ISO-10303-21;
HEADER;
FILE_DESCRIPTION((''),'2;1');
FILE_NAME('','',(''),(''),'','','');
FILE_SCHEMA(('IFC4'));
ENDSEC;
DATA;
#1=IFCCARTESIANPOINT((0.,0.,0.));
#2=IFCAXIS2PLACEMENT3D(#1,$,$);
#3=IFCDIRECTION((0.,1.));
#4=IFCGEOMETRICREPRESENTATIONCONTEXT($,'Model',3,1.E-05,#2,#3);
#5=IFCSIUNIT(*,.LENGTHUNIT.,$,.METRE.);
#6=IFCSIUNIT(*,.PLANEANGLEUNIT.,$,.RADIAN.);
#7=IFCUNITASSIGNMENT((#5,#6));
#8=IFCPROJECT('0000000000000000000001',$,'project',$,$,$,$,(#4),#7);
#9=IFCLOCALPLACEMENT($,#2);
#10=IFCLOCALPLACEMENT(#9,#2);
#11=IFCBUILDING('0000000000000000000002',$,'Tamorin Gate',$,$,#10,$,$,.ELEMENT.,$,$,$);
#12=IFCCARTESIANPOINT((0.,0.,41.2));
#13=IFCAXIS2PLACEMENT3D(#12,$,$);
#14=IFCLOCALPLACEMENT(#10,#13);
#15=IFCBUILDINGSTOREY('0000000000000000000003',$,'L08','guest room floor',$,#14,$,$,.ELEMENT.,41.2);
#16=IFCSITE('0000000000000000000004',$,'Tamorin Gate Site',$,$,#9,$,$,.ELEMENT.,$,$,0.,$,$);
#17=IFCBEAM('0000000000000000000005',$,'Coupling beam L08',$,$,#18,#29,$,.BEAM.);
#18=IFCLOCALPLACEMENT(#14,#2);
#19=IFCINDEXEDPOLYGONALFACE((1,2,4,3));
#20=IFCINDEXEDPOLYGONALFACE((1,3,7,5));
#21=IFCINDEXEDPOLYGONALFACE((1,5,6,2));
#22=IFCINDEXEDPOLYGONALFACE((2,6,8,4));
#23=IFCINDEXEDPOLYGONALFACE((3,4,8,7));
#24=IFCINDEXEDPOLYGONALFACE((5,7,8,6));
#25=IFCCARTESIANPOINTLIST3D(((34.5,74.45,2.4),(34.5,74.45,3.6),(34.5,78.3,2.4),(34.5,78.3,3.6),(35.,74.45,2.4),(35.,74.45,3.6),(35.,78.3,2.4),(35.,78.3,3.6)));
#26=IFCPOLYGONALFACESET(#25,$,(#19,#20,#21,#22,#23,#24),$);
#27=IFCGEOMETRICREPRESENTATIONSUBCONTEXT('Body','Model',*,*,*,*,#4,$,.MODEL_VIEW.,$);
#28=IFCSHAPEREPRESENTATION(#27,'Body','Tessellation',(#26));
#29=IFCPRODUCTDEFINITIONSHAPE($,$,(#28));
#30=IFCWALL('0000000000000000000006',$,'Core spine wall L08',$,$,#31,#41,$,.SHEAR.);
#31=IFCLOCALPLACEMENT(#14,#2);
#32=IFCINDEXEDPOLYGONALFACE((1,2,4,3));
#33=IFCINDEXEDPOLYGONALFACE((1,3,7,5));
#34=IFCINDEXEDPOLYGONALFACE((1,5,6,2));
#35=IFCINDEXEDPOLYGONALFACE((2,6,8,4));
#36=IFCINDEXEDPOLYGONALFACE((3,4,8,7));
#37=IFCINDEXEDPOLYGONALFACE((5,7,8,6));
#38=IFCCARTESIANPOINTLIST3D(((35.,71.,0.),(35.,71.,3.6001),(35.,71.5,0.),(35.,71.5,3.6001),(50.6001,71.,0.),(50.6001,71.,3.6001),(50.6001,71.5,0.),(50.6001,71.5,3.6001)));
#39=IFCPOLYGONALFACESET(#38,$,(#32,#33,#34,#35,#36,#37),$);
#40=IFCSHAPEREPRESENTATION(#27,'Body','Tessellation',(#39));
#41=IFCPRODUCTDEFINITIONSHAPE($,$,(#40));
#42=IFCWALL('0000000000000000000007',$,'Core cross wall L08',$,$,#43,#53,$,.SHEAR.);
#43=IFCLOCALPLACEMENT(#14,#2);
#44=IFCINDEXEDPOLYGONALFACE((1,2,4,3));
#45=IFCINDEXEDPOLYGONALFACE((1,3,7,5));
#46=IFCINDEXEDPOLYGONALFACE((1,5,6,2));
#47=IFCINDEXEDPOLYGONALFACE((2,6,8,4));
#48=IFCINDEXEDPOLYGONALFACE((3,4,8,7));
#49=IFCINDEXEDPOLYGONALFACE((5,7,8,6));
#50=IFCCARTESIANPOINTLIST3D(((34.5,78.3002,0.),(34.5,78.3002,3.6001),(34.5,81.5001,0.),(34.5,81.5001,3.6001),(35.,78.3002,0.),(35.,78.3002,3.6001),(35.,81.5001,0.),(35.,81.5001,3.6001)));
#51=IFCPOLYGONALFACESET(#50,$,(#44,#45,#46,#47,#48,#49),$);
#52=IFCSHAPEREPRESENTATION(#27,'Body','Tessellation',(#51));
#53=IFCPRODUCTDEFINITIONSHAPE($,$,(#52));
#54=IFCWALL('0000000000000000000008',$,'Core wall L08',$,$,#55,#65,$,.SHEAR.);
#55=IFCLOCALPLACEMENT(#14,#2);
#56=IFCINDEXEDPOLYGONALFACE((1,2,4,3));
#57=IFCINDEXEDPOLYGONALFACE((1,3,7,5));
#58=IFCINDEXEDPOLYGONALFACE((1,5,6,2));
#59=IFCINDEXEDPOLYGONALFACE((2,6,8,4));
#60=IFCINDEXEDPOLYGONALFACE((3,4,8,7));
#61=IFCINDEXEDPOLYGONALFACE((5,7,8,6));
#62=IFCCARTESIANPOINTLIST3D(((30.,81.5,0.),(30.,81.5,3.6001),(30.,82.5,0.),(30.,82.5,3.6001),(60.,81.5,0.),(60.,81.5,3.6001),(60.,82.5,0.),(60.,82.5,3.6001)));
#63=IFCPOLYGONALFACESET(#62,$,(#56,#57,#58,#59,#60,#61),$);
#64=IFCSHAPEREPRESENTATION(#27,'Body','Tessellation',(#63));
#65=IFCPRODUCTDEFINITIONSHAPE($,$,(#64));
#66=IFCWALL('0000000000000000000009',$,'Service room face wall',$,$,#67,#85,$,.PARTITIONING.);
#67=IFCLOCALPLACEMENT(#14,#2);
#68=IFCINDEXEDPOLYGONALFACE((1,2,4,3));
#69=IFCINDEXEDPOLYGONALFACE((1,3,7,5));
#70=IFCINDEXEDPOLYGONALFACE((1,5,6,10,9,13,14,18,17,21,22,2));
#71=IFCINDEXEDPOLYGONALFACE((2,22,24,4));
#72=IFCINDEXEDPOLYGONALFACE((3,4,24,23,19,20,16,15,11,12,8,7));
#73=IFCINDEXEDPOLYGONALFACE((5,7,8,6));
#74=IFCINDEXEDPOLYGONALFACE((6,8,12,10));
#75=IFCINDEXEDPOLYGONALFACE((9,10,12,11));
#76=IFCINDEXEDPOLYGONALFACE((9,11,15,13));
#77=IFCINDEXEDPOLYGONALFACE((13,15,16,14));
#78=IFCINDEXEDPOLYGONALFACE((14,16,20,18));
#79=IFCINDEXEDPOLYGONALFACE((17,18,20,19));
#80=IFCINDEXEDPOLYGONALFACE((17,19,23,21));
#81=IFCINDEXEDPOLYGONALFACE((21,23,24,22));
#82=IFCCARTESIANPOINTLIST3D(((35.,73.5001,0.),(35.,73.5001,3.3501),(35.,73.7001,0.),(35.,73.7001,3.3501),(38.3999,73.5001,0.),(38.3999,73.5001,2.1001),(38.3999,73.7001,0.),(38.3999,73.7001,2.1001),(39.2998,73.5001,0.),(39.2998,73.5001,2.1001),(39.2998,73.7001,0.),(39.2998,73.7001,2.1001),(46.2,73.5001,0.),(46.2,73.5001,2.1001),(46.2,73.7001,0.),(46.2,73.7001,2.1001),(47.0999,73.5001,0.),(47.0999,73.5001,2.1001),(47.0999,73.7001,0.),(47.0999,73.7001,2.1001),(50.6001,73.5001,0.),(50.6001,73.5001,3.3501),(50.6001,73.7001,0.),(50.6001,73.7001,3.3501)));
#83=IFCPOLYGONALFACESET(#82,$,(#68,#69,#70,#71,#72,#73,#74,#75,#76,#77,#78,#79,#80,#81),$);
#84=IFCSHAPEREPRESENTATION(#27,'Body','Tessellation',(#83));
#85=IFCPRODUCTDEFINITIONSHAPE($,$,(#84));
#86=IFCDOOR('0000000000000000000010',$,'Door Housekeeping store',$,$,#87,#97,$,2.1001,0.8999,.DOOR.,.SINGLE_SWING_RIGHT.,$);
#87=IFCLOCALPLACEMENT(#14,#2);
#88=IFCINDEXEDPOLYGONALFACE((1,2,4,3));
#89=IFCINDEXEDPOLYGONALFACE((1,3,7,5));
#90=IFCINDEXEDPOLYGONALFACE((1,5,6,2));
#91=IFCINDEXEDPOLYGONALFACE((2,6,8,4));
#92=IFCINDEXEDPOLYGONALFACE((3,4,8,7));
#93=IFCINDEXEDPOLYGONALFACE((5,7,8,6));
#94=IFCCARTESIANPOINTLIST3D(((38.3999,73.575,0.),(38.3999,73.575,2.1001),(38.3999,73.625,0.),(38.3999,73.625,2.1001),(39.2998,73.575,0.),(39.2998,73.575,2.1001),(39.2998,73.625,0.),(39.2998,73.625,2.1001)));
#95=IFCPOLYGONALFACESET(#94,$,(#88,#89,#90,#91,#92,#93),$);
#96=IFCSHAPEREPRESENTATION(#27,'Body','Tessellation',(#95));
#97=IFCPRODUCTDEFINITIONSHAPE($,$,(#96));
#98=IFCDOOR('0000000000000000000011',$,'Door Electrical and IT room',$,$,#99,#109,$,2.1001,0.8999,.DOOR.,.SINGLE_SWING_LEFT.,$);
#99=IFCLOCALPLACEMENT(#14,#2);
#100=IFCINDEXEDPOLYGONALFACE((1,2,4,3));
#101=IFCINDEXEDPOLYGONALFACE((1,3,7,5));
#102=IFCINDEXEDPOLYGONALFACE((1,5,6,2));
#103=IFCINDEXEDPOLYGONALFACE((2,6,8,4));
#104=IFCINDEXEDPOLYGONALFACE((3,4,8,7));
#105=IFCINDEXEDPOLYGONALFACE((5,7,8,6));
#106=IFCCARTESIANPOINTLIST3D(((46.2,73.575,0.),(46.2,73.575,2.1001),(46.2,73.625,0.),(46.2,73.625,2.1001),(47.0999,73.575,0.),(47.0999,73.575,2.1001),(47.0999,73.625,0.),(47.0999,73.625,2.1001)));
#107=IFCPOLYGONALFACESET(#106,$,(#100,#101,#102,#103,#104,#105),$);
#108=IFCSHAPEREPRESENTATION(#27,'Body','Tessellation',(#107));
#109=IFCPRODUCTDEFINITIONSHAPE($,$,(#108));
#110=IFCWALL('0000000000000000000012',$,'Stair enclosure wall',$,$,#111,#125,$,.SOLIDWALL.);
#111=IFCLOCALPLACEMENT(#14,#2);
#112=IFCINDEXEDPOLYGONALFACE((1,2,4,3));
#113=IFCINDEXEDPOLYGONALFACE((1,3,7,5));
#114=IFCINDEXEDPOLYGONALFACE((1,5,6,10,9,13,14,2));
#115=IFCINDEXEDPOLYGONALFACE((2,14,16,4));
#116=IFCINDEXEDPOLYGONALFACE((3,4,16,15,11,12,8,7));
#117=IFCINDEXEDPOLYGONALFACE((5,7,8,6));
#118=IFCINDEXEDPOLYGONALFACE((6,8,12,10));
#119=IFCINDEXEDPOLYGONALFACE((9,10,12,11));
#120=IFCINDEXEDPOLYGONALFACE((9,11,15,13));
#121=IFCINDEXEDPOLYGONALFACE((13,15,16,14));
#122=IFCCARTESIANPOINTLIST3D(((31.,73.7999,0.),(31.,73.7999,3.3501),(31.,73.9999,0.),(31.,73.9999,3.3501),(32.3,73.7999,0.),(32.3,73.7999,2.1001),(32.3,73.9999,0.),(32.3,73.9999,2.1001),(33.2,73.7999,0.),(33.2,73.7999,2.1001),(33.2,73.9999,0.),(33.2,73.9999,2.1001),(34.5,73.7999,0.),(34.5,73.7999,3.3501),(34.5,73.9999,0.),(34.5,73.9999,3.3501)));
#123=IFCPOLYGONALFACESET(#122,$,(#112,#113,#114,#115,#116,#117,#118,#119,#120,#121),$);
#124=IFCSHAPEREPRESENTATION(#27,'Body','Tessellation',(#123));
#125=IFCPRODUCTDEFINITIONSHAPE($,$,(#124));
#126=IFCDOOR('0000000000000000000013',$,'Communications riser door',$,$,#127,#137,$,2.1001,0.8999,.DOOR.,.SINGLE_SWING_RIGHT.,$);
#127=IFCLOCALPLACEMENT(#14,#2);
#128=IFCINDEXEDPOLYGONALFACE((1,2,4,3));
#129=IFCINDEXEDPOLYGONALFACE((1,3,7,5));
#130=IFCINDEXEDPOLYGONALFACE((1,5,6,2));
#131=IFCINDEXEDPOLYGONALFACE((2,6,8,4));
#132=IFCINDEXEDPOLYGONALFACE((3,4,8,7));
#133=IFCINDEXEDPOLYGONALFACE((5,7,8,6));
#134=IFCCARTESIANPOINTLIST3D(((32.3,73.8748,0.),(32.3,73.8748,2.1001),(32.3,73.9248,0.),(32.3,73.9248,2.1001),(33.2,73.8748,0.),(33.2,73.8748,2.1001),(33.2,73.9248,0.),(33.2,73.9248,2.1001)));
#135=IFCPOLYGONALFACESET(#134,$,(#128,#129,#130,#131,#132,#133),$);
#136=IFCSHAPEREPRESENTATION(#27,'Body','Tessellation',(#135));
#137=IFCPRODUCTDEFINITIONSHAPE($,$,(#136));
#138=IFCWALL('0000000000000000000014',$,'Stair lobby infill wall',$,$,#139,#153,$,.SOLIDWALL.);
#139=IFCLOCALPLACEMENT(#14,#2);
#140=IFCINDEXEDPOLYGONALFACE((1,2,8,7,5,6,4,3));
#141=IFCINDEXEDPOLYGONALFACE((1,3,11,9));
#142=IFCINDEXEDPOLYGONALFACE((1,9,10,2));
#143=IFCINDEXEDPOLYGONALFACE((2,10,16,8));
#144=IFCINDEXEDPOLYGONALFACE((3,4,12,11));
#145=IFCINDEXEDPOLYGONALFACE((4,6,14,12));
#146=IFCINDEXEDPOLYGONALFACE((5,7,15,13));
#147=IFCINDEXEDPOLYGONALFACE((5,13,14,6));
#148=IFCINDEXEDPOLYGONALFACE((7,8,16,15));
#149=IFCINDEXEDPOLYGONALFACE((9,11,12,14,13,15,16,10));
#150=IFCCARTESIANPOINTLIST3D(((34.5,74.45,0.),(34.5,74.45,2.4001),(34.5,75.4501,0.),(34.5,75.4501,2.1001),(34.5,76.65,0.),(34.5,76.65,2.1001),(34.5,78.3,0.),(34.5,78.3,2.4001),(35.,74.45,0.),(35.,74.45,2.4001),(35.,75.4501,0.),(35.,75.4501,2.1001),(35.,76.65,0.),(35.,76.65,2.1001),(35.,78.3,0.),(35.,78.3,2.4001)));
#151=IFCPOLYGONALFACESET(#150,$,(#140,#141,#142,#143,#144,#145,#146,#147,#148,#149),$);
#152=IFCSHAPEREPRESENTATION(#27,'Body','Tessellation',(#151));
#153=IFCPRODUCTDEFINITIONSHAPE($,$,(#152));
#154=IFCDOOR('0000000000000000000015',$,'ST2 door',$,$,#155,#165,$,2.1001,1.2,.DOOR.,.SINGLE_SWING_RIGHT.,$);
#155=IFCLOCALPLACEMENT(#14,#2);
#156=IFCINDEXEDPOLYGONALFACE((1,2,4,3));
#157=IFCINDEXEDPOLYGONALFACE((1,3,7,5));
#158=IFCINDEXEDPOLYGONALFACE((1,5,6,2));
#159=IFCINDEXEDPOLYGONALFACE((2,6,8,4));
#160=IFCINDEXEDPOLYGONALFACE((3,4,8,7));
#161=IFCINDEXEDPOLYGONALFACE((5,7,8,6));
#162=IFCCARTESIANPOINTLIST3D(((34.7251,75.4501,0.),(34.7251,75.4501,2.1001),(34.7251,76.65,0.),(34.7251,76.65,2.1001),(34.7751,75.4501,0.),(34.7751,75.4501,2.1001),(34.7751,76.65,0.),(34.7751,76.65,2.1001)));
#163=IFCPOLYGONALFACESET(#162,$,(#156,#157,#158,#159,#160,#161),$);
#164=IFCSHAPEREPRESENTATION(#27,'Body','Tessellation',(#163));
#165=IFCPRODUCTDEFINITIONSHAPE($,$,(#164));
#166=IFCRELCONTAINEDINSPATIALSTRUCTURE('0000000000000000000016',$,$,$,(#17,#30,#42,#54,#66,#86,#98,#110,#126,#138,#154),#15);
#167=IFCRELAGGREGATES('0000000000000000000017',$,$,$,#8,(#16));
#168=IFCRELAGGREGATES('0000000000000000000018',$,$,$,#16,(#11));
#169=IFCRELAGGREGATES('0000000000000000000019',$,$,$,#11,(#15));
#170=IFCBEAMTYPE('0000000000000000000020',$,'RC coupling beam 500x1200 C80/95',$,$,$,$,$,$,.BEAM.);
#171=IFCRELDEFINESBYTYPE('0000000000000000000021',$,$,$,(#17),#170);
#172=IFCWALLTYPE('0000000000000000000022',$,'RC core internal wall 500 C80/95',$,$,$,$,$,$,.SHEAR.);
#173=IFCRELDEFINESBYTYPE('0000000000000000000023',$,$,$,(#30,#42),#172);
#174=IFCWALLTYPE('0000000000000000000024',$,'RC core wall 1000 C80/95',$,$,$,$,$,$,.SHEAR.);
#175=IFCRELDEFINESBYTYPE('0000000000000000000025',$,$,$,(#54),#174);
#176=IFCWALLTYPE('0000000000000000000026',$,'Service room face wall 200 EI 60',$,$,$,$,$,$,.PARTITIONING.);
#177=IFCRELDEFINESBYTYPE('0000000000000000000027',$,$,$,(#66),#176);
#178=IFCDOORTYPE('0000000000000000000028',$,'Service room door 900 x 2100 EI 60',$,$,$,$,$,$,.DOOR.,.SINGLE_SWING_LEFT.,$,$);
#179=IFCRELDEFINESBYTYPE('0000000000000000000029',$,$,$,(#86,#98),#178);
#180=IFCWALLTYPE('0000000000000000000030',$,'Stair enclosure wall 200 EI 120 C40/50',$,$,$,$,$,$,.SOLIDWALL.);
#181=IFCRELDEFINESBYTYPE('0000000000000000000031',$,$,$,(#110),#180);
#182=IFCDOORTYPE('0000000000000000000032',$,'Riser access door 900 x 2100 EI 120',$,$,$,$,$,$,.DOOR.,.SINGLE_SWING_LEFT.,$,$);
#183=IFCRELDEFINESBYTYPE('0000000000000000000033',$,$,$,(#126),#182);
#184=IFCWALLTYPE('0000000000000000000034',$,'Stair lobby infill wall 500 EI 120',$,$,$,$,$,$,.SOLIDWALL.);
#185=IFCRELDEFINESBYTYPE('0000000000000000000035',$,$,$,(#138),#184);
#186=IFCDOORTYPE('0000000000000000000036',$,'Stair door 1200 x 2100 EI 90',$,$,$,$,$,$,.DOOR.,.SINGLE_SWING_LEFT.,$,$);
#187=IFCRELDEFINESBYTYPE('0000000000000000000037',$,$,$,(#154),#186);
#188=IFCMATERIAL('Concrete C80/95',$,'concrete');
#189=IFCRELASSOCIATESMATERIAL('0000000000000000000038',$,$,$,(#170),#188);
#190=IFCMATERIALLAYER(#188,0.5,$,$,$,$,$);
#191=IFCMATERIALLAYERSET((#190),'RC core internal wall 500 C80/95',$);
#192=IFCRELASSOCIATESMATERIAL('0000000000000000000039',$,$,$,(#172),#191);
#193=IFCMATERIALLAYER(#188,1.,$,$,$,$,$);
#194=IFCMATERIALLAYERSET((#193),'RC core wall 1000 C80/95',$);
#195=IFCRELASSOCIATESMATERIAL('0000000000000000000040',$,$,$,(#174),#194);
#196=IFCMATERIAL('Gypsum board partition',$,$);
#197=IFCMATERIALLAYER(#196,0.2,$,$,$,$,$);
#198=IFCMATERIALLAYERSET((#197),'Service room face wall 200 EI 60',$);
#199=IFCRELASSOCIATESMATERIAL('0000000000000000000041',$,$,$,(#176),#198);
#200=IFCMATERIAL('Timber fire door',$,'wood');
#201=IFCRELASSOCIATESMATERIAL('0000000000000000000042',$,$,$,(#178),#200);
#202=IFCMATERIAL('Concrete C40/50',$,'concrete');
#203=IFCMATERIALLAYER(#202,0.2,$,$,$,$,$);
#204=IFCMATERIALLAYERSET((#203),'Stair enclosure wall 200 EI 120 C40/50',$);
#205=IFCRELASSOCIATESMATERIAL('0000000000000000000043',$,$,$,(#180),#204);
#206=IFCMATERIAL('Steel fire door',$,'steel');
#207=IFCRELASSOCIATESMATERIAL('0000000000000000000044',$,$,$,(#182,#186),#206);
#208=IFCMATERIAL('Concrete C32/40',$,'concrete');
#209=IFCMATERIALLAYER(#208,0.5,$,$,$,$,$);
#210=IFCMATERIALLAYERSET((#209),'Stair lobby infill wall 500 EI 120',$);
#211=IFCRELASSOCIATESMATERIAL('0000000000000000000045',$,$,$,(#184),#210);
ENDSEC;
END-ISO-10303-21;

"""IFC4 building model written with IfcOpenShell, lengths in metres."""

from ifc_helpers import new_model, si_unit, direction, frame, frame_2d, origin, origin_2d, place, context, subcontext, project, spatial, rectangle, extrude, material, layer, layer_set, material_profile, profile_set, type_object, element, fill, save


model = new_model("IFC4")

# Units and contexts
model_context = context("Model", 3, precision=1e-05, world=origin(), true_north=direction((0.0, 1.0)))
body_context = subcontext(model_context, "Body", "Model", "MODEL_VIEW")
ifc_project = project(units=[si_unit("LENGTHUNIT", "METRE"), si_unit("PLANEANGLEUNIT", "RADIAN")], contexts=[model_context])

# Site, building, storey
site_placement = place(None, origin())
site = spatial("IfcSite", under=ifc_project, at=site_placement, Name="Tamorin Gate Site", CompositionType="ELEMENT", RefElevation=0.0)
building_placement = place(site_placement, origin())
building = spatial("IfcBuilding", under=site, at=building_placement, Name="Tamorin Gate", CompositionType="ELEMENT")
storey_placement = place(building_placement, frame((0.0, 0.0, 41.2)))
storey = spatial("IfcBuildingStorey", under=building, at=storey_placement, Name="L08", Description="guest room floor", CompositionType="ELEMENT", Elevation=41.2)

# Beam
ifc_material_1 = material(Name="Concrete C80/95", Category="concrete")
ifc_material_profile = material_profile(ifc_material_1, rectangle(XDim=0.5, YDim=1.2, at=origin_2d()), Name="RC 500x1200")
ifc_profile_set = profile_set([ifc_material_profile], Name="Concrete C80/95")
beam_type = type_object("IfcBeamType", Name="RC coupling beam 500x1200 C80/95", PredefinedType="BEAM", material=ifc_profile_set)
beam_placement = place(storey_placement, frame((34.75, 74.45, 3.0), z_axis=(0.0, 1.0, 0.0), x_axis=(-1.0, 0.0, 0.0)))
element("IfcBeam", 1, at=beam_placement, inside=storey, type_object=beam_type, Name="Coupling beam L08", PredefinedType="BEAM", context=body_context, shape_type="SweptSolid", body=[
    extrude(rectangle(XDim=0.5, YDim=1.2, at=origin_2d()), origin(), (0.0, 0.0, 1.0), 3.8501),
])

# Walls
ifc_layer_1 = layer(ifc_material_1, 0.5)
ifc_layer_set_1 = layer_set([ifc_layer_1], Name="RC core internal wall 500 C80/95")
wall_type_1 = type_object("IfcWallType", Name="RC core internal wall 500 C80/95", PredefinedType="SHEAR", material=ifc_layer_set_1)
wall_1_placement = place(storey_placement, frame((35.0, 71.25, 0.0), z_axis=(0.0, 0.0, 1.0), x_axis=(1.0, 0.0, 0.0)))
element("IfcWall", 2, at=wall_1_placement, inside=storey, type_object=wall_type_1, Name="Core spine wall L08", PredefinedType="SHEAR", context=body_context, shape_type="SweptSolid", body=[
    extrude(rectangle(XDim=15.6001, YDim=0.5, at=frame_2d((7.8, 0.0))), origin(), (0.0, 0.0, 1.0), 3.6001),
])
wall_2_placement = place(storey_placement, frame((34.75, 78.3, 0.0), z_axis=(0.0, 0.0, 1.0), x_axis=(0.0, 1.0, 0.0)))
element("IfcWall", 3, at=wall_2_placement, inside=storey, type_object=wall_type_1, Name="Core cross wall L08", PredefinedType="SHEAR", context=body_context, shape_type="SweptSolid", body=[
    extrude(rectangle(XDim=3.2, YDim=0.5, at=frame_2d((1.6001, 0.0))), origin(), (0.0, 0.0, 1.0), 3.6001),
])
ifc_layer_2 = layer(ifc_material_1, 1.0)
ifc_layer_set_2 = layer_set([ifc_layer_2], Name="RC core wall 1000 C80/95")
wall_type_2 = type_object("IfcWallType", Name="RC core wall 1000 C80/95", PredefinedType="SHEAR", material=ifc_layer_set_2)
wall_3_placement = place(storey_placement, frame((30.0, 82.0, 0.0), z_axis=(0.0, 0.0, 1.0), x_axis=(1.0, 0.0, 0.0)))
element("IfcWall", 4, at=wall_3_placement, inside=storey, type_object=wall_type_2, Name="Core wall L08", PredefinedType="SHEAR", context=body_context, shape_type="SweptSolid", body=[
    extrude(rectangle(XDim=30.0, YDim=1.0, at=frame_2d((15.0, 0.0))), origin(), (0.0, 0.0, 1.0), 3.6001),
])

# Wall, openings, doors
ifc_material_2 = material(Name="Gypsum board partition")
ifc_layer_3 = layer(ifc_material_2, 0.2)
ifc_layer_set_3 = layer_set([ifc_layer_3], Name="Service room face wall 200 EI 60")
wall_type_3 = type_object("IfcWallType", Name="Service room face wall 200 EI 60", PredefinedType="PARTITIONING", material=ifc_layer_set_3)
wall_4_placement = place(storey_placement, frame((35.0, 73.6001, 0.0), z_axis=(0.0, 0.0, 1.0), x_axis=(1.0, 0.0, 0.0)))
wall_4 = element("IfcWall", 5, at=wall_4_placement, inside=storey, type_object=wall_type_3, Name="Service room face wall", PredefinedType="PARTITIONING", context=body_context, shape_type="SweptSolid", body=[
    extrude(rectangle(XDim=15.6001, YDim=0.2, at=frame_2d((7.8, 0.0))), origin(), (0.0, 0.0, 1.0), 3.3501),
])
opening_1_placement = place(wall_4_placement, frame((3.3999, 0.0, 0.0)))
opening_1 = element("IfcOpeningElement", 6, at=opening_1_placement, cuts=wall_4, PredefinedType="OPENING", context=body_context, shape_type="SweptSolid", body=[
    extrude(rectangle(XDim=0.8999, YDim=2.1001, at=frame_2d((0.45, 1.05))), frame((0.0, 0.1099, 0.0), z_axis=(0.0, -1.0, 0.0), x_axis=(1.0, 0.0, 0.0)), (0.0, 0.0, 1.0), 0.22),
])
opening_2_placement = place(wall_4_placement, frame((11.2, 0.0, 0.0)))
opening_2 = element("IfcOpeningElement", 7, at=opening_2_placement, cuts=wall_4, PredefinedType="OPENING", context=body_context, shape_type="SweptSolid", body=[
    extrude(rectangle(XDim=0.8999, YDim=2.1001, at=frame_2d((0.45, 1.05))), frame((0.0, 0.1099, 0.0), z_axis=(0.0, -1.0, 0.0), x_axis=(1.0, 0.0, 0.0)), (0.0, 0.0, 1.0), 0.22),
])
ifc_material_3 = material(Name="Timber fire door", Category="wood")
door_type_1 = type_object("IfcDoorType", Name="Service room door 900 x 2100 EI 60", OperationType="SINGLE_SWING_LEFT", PredefinedType="DOOR", material=ifc_material_3)
door_1_placement = place(opening_1_placement, origin())
door_1 = element("IfcDoor", 8, at=door_1_placement, inside=storey, type_object=door_type_1, Name="Door Housekeeping store", OperationType="SINGLE_SWING_RIGHT", OverallHeight=2.1001, OverallWidth=0.8999, PredefinedType="DOOR", context=body_context, shape_type="SweptSolid", body=[
    extrude(rectangle(XDim=0.8999, YDim=2.1001, at=frame_2d((0.45, 1.05))), frame((0.0, 0.0249, 0.0), z_axis=(0.0, -1.0, 0.0), x_axis=(1.0, 0.0, 0.0)), (0.0, 0.0, 1.0), 0.05),
])
fill(opening_1, door_1)
door_2_placement = place(opening_2_placement, origin())
door_2 = element("IfcDoor", 9, at=door_2_placement, inside=storey, type_object=door_type_1, Name="Door Electrical and IT room", OperationType="SINGLE_SWING_LEFT", OverallHeight=2.1001, OverallWidth=0.8999, PredefinedType="DOOR", context=body_context, shape_type="SweptSolid", body=[
    extrude(rectangle(XDim=0.8999, YDim=2.1001, at=frame_2d((0.45, 1.05))), frame((0.0, 0.0249, 0.0), z_axis=(0.0, -1.0, 0.0), x_axis=(1.0, 0.0, 0.0)), (0.0, 0.0, 1.0), 0.05),
])
fill(opening_2, door_2)

# Walls, openings, doors
ifc_material_4 = material(Name="Concrete C40/50", Category="concrete")
ifc_layer_4 = layer(ifc_material_4, 0.2)
ifc_layer_set_4 = layer_set([ifc_layer_4], Name="Stair enclosure wall 200 EI 120 C40/50")
wall_type_4 = type_object("IfcWallType", Name="Stair enclosure wall 200 EI 120 C40/50", PredefinedType="SOLIDWALL", material=ifc_layer_set_4)
wall_5_placement = place(storey_placement, frame((31.0, 73.8999, 0.0), z_axis=(0.0, 0.0, 1.0), x_axis=(1.0, 0.0, 0.0)))
wall_5 = element("IfcWall", 10, at=wall_5_placement, inside=storey, type_object=wall_type_4, Name="Stair enclosure wall", PredefinedType="SOLIDWALL", context=body_context, shape_type="SweptSolid", body=[
    extrude(rectangle(XDim=3.5, YDim=0.2, at=frame_2d((1.75, 0.0))), origin(), (0.0, 0.0, 1.0), 3.3501),
])
opening_3_placement = place(wall_5_placement, frame((1.3, 0.0, 0.0)))
opening_3 = element("IfcOpeningElement", 11, at=opening_3_placement, cuts=wall_5, PredefinedType="OPENING", context=body_context, shape_type="SweptSolid", body=[
    extrude(rectangle(XDim=0.8999, YDim=2.1001, at=frame_2d((0.45, 1.05))), frame((0.0, 0.1099, 0.0), z_axis=(0.0, -1.0, 0.0), x_axis=(1.0, 0.0, 0.0)), (0.0, 0.0, 1.0), 0.22),
])
ifc_material_5 = material(Name="Steel fire door", Category="steel")
door_type_2 = type_object("IfcDoorType", Name="Riser access door 900 x 2100 EI 120", OperationType="SINGLE_SWING_LEFT", PredefinedType="DOOR", material=ifc_material_5)
door_3_placement = place(opening_3_placement, origin())
door_3 = element("IfcDoor", 12, at=door_3_placement, inside=storey, type_object=door_type_2, Name="Communications riser door", OperationType="SINGLE_SWING_RIGHT", OverallHeight=2.1001, OverallWidth=0.8999, PredefinedType="DOOR", context=body_context, shape_type="SweptSolid", body=[
    extrude(rectangle(XDim=0.8999, YDim=2.1001, at=frame_2d((0.45, 1.05))), frame((0.0, 0.0249, 0.0), z_axis=(0.0, -1.0, 0.0), x_axis=(1.0, 0.0, 0.0)), (0.0, 0.0, 1.0), 0.05),
])
fill(opening_3, door_3)
ifc_material_6 = material(Name="Concrete C32/40", Category="concrete")
ifc_layer_5 = layer(ifc_material_6, 0.5)
ifc_layer_set_5 = layer_set([ifc_layer_5], Name="Stair lobby infill wall 500 EI 120")
wall_type_5 = type_object("IfcWallType", Name="Stair lobby infill wall 500 EI 120", PredefinedType="SOLIDWALL", material=ifc_layer_set_5)
wall_6_placement = place(storey_placement, frame((34.75, 74.45, 0.0), z_axis=(0.0, 0.0, 1.0), x_axis=(0.0, 1.0, 0.0)))
wall_6 = element("IfcWall", 13, at=wall_6_placement, inside=storey, type_object=wall_type_5, Name="Stair lobby infill wall", PredefinedType="SOLIDWALL", context=body_context, shape_type="SweptSolid", body=[
    extrude(rectangle(XDim=3.8501, YDim=0.5, at=frame_2d((1.925, 0.0))), origin(), (0.0, 0.0, 1.0), 2.4001),
])
opening_4_placement = place(wall_6_placement, frame((1.0, 0.0, 0.0)))
opening_4 = element("IfcOpeningElement", 14, at=opening_4_placement, cuts=wall_6, PredefinedType="OPENING", context=body_context, shape_type="SweptSolid", body=[
    extrude(rectangle(XDim=1.2, YDim=2.1001, at=frame_2d((0.6001, 1.05))), frame((0.0, 0.26, 0.0), z_axis=(0.0, -1.0, 0.0), x_axis=(1.0, 0.0, 0.0)), (0.0, 0.0, 1.0), 0.52),
])
door_type_3 = type_object("IfcDoorType", Name="Stair door 1200 x 2100 EI 90", OperationType="SINGLE_SWING_LEFT", PredefinedType="DOOR", material=ifc_material_5)
door_4_placement = place(opening_4_placement, origin())
door_4 = element("IfcDoor", 15, at=door_4_placement, inside=storey, type_object=door_type_3, Name="ST2 door", OperationType="SINGLE_SWING_RIGHT", OverallHeight=2.1001, OverallWidth=1.2, PredefinedType="DOOR", context=body_context, shape_type="SweptSolid", body=[
    extrude(rectangle(XDim=1.2, YDim=2.1001, at=frame_2d((0.6001, 1.05))), frame((0.0, 0.0249, 0.0), z_axis=(0.0, -1.0, 0.0), x_axis=(1.0, 0.0, 0.0)), (0.0, 0.0, 1.0), 0.05),
])
fill(opening_4, door_4)

save(model, "model.ifc")
